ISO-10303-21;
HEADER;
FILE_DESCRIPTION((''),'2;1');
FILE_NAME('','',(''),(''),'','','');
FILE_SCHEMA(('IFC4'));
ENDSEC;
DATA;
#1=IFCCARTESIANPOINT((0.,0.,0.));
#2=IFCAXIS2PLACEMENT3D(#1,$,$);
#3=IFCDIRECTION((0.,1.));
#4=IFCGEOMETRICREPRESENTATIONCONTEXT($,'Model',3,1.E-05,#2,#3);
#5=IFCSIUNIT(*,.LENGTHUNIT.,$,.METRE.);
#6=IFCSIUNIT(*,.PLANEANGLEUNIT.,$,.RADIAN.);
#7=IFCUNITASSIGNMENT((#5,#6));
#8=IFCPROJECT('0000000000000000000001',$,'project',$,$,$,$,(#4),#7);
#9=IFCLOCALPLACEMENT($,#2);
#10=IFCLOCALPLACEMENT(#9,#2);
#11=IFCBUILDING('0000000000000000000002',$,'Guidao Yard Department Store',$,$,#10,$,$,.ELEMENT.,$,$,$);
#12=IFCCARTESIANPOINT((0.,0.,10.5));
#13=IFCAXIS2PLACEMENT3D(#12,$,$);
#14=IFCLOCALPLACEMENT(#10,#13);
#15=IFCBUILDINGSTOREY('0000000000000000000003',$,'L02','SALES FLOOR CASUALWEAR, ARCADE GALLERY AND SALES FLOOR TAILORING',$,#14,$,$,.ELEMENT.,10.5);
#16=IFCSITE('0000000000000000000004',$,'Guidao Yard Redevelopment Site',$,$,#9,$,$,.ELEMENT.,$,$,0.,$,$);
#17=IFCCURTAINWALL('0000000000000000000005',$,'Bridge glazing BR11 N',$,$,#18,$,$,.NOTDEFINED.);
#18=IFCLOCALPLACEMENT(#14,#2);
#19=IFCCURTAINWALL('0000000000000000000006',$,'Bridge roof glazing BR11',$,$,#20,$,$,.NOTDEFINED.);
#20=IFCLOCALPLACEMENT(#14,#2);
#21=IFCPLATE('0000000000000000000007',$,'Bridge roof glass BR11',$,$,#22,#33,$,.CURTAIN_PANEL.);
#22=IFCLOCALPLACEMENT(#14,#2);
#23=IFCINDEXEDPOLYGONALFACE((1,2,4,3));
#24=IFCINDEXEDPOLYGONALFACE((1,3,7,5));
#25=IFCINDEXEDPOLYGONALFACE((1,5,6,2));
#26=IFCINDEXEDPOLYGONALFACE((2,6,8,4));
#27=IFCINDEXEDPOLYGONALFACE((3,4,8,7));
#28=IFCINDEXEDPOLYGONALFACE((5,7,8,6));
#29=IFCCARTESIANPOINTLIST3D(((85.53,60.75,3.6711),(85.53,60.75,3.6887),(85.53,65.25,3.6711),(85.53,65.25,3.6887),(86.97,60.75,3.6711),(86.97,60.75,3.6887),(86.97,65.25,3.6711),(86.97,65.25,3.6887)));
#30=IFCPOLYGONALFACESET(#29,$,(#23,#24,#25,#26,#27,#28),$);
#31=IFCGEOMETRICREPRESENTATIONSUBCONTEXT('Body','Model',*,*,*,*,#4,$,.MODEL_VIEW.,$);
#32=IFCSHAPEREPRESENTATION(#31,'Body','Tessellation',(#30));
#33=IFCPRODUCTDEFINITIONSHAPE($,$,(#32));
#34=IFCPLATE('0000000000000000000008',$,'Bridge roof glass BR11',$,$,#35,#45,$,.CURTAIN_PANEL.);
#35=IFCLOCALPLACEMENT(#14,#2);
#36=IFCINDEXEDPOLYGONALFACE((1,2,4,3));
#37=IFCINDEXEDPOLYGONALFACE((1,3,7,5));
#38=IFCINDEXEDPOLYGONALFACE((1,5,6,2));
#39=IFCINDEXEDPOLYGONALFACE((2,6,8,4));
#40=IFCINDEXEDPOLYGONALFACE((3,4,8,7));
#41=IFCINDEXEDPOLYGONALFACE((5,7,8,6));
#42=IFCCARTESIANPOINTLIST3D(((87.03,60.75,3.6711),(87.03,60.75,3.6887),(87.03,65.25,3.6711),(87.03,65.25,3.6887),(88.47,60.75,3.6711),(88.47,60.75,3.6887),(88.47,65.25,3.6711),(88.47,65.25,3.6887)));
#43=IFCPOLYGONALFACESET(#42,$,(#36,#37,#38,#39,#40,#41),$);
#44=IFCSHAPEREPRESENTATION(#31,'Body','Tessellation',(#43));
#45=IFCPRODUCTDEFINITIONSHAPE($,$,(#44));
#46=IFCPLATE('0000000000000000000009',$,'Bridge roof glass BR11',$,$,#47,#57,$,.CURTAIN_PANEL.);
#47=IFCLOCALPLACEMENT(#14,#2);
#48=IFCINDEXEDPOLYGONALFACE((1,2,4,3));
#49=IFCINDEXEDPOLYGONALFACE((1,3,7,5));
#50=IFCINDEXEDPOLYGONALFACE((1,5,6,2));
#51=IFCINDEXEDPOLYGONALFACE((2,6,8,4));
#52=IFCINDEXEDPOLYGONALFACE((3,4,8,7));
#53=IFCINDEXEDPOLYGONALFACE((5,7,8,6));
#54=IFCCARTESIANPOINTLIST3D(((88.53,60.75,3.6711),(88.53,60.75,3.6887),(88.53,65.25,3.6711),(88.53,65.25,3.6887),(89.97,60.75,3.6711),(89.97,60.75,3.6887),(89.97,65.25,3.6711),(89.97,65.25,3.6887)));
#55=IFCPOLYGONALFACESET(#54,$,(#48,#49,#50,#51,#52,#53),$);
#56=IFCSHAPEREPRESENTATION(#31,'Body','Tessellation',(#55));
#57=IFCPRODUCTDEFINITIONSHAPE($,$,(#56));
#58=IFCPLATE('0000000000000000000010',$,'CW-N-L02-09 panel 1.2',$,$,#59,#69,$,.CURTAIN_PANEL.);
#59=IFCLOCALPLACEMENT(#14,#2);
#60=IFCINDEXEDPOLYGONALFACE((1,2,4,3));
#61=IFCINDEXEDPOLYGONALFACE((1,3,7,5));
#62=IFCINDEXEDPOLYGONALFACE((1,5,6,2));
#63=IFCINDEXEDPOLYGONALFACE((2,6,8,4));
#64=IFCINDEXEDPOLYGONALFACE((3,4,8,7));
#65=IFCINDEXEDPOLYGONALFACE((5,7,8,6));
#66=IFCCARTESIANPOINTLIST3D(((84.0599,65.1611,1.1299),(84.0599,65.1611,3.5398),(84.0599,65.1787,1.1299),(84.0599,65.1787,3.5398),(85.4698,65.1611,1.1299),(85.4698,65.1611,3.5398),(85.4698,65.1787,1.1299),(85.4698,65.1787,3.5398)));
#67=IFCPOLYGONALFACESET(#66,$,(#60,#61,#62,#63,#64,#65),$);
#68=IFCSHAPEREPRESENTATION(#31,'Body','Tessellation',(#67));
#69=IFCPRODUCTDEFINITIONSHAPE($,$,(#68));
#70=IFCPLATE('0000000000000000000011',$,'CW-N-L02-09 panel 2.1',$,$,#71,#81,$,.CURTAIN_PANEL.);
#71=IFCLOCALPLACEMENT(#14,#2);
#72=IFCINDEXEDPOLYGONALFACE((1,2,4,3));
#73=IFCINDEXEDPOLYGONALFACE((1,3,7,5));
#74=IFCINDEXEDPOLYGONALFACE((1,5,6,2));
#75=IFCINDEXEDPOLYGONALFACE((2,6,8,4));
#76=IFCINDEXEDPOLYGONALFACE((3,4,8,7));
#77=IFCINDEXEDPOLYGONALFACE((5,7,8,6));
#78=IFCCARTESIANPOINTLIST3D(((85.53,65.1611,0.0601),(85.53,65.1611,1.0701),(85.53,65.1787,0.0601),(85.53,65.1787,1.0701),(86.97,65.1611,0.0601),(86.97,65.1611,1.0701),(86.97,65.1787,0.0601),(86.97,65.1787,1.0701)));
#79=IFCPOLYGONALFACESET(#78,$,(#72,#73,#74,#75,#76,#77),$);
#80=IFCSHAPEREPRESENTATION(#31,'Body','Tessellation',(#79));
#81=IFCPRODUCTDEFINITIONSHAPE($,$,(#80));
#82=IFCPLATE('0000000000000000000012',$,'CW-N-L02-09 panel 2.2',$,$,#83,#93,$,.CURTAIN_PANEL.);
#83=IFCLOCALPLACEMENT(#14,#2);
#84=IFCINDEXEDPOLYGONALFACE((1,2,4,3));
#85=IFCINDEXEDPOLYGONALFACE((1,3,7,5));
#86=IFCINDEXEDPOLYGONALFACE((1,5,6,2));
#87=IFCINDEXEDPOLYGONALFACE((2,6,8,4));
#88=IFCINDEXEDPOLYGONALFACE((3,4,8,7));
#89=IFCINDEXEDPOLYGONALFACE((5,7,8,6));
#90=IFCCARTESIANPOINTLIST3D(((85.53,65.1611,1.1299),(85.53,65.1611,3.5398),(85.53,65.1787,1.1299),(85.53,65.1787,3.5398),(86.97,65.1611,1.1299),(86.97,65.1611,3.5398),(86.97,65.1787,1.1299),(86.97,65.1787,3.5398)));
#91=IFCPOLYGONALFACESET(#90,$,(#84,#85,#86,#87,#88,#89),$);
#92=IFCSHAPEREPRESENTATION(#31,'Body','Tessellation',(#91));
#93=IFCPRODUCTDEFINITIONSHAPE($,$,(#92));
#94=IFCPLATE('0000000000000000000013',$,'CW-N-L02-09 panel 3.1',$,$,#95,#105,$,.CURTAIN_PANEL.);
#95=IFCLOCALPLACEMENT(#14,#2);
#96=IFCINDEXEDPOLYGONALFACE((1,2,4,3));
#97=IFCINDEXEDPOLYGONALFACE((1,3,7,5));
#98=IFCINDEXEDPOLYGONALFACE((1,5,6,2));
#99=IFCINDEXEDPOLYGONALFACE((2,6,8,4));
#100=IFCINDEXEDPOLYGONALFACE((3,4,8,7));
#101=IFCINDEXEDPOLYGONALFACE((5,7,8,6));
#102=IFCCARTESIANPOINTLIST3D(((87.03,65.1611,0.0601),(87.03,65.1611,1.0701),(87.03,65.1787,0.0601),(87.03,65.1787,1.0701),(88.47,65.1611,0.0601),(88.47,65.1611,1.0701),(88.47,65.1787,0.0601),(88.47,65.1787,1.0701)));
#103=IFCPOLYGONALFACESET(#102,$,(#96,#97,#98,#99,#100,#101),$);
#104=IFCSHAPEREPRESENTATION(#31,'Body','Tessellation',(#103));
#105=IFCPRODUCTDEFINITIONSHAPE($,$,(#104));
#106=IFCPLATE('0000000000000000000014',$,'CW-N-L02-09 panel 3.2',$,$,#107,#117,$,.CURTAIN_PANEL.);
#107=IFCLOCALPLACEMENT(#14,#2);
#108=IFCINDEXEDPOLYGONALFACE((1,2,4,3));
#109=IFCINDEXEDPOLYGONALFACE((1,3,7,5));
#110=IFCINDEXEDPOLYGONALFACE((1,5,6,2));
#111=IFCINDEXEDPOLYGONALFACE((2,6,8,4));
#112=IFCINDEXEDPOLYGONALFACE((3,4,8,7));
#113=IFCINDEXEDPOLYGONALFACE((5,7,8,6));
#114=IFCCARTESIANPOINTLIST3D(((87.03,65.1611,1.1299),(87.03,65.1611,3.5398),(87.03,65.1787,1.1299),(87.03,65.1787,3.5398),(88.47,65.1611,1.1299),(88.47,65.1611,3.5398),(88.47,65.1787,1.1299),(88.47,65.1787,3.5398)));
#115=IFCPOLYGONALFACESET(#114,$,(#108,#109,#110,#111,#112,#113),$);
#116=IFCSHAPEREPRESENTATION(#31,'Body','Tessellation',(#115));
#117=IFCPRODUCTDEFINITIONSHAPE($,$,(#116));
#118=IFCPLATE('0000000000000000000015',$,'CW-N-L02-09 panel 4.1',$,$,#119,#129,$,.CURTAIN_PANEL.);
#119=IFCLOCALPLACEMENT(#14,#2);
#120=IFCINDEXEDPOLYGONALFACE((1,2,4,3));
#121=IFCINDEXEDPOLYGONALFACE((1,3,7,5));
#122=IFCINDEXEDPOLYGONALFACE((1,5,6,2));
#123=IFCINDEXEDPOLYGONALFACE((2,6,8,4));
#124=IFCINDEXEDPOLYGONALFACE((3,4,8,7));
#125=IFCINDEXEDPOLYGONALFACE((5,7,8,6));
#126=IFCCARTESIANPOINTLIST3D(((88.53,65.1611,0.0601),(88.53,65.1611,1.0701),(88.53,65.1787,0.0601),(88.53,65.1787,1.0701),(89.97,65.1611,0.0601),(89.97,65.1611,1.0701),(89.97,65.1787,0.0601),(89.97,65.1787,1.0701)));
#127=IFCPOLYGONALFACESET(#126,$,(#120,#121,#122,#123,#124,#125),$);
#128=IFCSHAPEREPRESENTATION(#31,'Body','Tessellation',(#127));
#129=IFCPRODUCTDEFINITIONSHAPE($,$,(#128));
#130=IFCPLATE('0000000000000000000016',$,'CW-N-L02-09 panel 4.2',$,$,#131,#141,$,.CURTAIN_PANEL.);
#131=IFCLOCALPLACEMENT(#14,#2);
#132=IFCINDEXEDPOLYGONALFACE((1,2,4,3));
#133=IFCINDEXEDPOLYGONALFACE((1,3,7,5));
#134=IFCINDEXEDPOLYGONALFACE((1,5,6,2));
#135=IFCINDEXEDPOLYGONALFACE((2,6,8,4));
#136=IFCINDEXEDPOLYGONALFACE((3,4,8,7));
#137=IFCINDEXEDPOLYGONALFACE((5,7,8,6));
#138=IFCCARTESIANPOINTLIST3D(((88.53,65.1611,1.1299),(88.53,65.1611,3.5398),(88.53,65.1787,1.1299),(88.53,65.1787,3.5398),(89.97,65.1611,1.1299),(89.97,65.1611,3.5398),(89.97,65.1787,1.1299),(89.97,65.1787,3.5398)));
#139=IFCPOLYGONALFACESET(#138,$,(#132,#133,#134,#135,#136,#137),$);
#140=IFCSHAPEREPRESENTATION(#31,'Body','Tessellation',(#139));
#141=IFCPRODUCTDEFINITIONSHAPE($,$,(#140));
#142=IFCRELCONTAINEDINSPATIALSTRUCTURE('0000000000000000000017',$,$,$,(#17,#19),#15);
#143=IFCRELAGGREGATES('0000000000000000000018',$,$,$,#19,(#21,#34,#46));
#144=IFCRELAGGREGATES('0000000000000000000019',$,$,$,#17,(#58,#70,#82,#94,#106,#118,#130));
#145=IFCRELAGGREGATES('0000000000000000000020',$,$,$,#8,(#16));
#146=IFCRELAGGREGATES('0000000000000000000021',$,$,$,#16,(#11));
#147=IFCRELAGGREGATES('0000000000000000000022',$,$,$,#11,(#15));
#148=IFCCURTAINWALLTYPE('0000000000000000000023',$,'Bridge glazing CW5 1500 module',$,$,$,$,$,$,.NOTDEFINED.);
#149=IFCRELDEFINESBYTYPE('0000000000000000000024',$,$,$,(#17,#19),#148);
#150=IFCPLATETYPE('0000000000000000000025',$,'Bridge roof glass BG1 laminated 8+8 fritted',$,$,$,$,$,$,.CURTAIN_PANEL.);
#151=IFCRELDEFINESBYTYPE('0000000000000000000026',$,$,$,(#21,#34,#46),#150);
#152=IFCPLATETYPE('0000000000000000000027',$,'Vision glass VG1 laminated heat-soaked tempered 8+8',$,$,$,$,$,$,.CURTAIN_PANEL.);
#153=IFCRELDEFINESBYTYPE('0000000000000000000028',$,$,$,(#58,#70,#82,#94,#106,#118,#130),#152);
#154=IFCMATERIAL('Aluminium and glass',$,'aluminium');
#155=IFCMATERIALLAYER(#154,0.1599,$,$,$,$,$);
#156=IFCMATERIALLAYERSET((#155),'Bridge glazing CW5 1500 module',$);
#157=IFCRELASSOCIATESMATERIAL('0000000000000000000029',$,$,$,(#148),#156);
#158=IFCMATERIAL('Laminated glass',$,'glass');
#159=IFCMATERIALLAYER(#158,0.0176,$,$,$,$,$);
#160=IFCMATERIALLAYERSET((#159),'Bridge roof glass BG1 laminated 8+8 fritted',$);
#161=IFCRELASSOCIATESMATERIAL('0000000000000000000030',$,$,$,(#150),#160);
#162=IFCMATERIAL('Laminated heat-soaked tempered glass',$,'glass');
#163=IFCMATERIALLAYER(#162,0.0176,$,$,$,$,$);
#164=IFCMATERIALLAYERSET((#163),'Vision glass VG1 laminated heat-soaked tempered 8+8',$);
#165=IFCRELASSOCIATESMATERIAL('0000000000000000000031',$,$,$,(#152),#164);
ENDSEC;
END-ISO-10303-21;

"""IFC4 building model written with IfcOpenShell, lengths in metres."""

from ifc_helpers import new_model, si_unit, direction, frame, origin, origin_2d, place, context, subcontext, project, spatial, rectangle, extrude, material, layer, layer_set, type_object, element, aggregate, save


model = new_model("IFC4")

# Units and contexts
model_context = context("Model", 3, precision=1e-05, world=origin(), true_north=direction((0.0, 1.0)))
body_context = subcontext(model_context, "Body", "Model", "MODEL_VIEW")
ifc_project = project(units=[si_unit("LENGTHUNIT", "METRE"), si_unit("PLANEANGLEUNIT", "RADIAN")], contexts=[model_context])

# Site, building, storey
site_placement = place(None, origin())
site = spatial("IfcSite", under=ifc_project, at=site_placement, Name="Guidao Yard Redevelopment Site", CompositionType="ELEMENT", RefElevation=0.0)
building_placement = place(site_placement, origin())
building = spatial("IfcBuilding", under=site, at=building_placement, Name="Guidao Yard Department Store", CompositionType="ELEMENT")
storey_placement = place(building_placement, frame((0.0, 0.0, 10.5)))
storey = spatial("IfcBuildingStorey", under=building, at=storey_placement, Name="L02", Description="SALES FLOOR CASUALWEAR, ARCADE GALLERY AND SALES FLOOR TAILORING", CompositionType="ELEMENT", Elevation=10.5)

# Curtain wall
ifc_material_1 = material(Name="Aluminium and glass", Category="aluminium")
ifc_layer_1 = layer(ifc_material_1, 0.1599)
ifc_layer_set_1 = layer_set([ifc_layer_1], Name="Bridge glazing CW5 1500 module")
curtain_wall_type = type_object("IfcCurtainWallType", Name="Bridge glazing CW5 1500 module", PredefinedType="NOTDEFINED", material=ifc_layer_set_1)
curtain_wall_1_placement = place(storey_placement, origin())
curtain_wall_1 = element("IfcCurtainWall", 1, at=curtain_wall_1_placement, inside=storey, type_object=curtain_wall_type, Name="Bridge glazing BR11 N", PredefinedType="NOTDEFINED")

# Curtain wall, plates
curtain_wall_2_placement = place(storey_placement, origin())
curtain_wall_2 = element("IfcCurtainWall", 2, at=curtain_wall_2_placement, inside=storey, type_object=curtain_wall_type, Name="Bridge roof glazing BR11", PredefinedType="NOTDEFINED")
ifc_material_2 = material(Name="Laminated glass", Category="glass")
ifc_layer_2 = layer(ifc_material_2, 0.0176)
ifc_layer_set_2 = layer_set([ifc_layer_2], Name="Bridge roof glass BG1 laminated 8+8 fritted")
plate_type_1 = type_object("IfcPlateType", Name="Bridge roof glass BG1 laminated 8+8 fritted", PredefinedType="CURTAIN_PANEL", material=ifc_layer_set_2)
plate_1_placement = place(storey_placement, frame((86.25, 63.0, 3.6711), z_axis=(0.0, 0.0, 1.0), x_axis=(1.0, 0.0, 0.0)))
plate_1 = element("IfcPlate", 3, at=plate_1_placement, type_object=plate_type_1, Name="Bridge roof glass BR11", PredefinedType="CURTAIN_PANEL", context=body_context, shape_type="SweptSolid", body=[
    extrude(rectangle(XDim=1.4399, YDim=4.5, at=origin_2d()), origin(), (0.0, 0.0, 1.0), 0.0176),
])
plate_2_placement = place(storey_placement, frame((87.75, 63.0, 3.6711), z_axis=(0.0, 0.0, 1.0), x_axis=(1.0, 0.0, 0.0)))
plate_2 = element("IfcPlate", 4, at=plate_2_placement, type_object=plate_type_1, Name="Bridge roof glass BR11", PredefinedType="CURTAIN_PANEL", context=body_context, shape_type="SweptSolid", body=[
    extrude(rectangle(XDim=1.4399, YDim=4.5, at=origin_2d()), origin(), (0.0, 0.0, 1.0), 0.0176),
])
plate_3_placement = place(storey_placement, frame((89.25, 63.0, 3.6711), z_axis=(0.0, 0.0, 1.0), x_axis=(1.0, 0.0, 0.0)))
plate_3 = element("IfcPlate", 5, at=plate_3_placement, type_object=plate_type_1, Name="Bridge roof glass BR11", PredefinedType="CURTAIN_PANEL", context=body_context, shape_type="SweptSolid", body=[
    extrude(rectangle(XDim=1.4399, YDim=4.5, at=origin_2d()), origin(), (0.0, 0.0, 1.0), 0.0176),
])
aggregate(curtain_wall_2, [plate_1, plate_2, plate_3])

# Plates
ifc_material_3 = material(Name="Laminated heat-soaked tempered glass", Category="glass")
ifc_layer_3 = layer(ifc_material_3, 0.0176)
ifc_layer_set_3 = layer_set([ifc_layer_3], Name="Vision glass VG1 laminated heat-soaked tempered 8+8")
plate_type_2 = type_object("IfcPlateType", Name="Vision glass VG1 laminated heat-soaked tempered 8+8", PredefinedType="CURTAIN_PANEL", material=ifc_layer_set_3)
plate_4_placement = place(storey_placement, frame((84.7649, 65.1699, 1.1299), z_axis=(0.0, 0.0, 1.0), x_axis=(1.0, 0.0, 0.0)))
plate_4 = element("IfcPlate", 6, at=plate_4_placement, type_object=plate_type_2, Name="CW-N-L02-09 panel 1.2", PredefinedType="CURTAIN_PANEL", context=body_context, shape_type="SweptSolid", body=[
    extrude(rectangle(XDim=1.4099, YDim=0.0176, at=origin_2d()), origin(), (0.0, 0.0, 1.0), 2.4099),
])
plate_5_placement = place(storey_placement, frame((86.25, 65.1699, 0.0601), z_axis=(0.0, 0.0, 1.0), x_axis=(1.0, 0.0, 0.0)))
plate_5 = element("IfcPlate", 7, at=plate_5_placement, type_object=plate_type_2, Name="CW-N-L02-09 panel 2.1", PredefinedType="CURTAIN_PANEL", context=body_context, shape_type="SweptSolid", body=[
    extrude(rectangle(XDim=1.4399, YDim=0.0176, at=origin_2d()), origin(), (0.0, 0.0, 1.0), 1.01),
])
plate_6_placement = place(storey_placement, frame((86.25, 65.1699, 1.1299), z_axis=(0.0, 0.0, 1.0), x_axis=(1.0, 0.0, 0.0)))
plate_6 = element("IfcPlate", 8, at=plate_6_placement, type_object=plate_type_2, Name="CW-N-L02-09 panel 2.2", PredefinedType="CURTAIN_PANEL", context=body_context, shape_type="SweptSolid", body=[
    extrude(rectangle(XDim=1.4399, YDim=0.0176, at=origin_2d()), origin(), (0.0, 0.0, 1.0), 2.4099),
])
plate_7_placement = place(storey_placement, frame((87.75, 65.1699, 0.0601), z_axis=(0.0, 0.0, 1.0), x_axis=(1.0, 0.0, 0.0)))
plate_7 = element("IfcPlate", 9, at=plate_7_placement, type_object=plate_type_2, Name="CW-N-L02-09 panel 3.1", PredefinedType="CURTAIN_PANEL", context=body_context, shape_type="SweptSolid", body=[
    extrude(rectangle(XDim=1.4399, YDim=0.0176, at=origin_2d()), origin(), (0.0, 0.0, 1.0), 1.01),
])
plate_8_placement = place(storey_placement, frame((87.75, 65.1699, 1.1299), z_axis=(0.0, 0.0, 1.0), x_axis=(1.0, 0.0, 0.0)))
plate_8 = element("IfcPlate", 10, at=plate_8_placement, type_object=plate_type_2, Name="CW-N-L02-09 panel 3.2", PredefinedType="CURTAIN_PANEL", context=body_context, shape_type="SweptSolid", body=[
    extrude(rectangle(XDim=1.4399, YDim=0.0176, at=origin_2d()), origin(), (0.0, 0.0, 1.0), 2.4099),
])
plate_9_placement = place(storey_placement, frame((89.25, 65.1699, 0.0601), z_axis=(0.0, 0.0, 1.0), x_axis=(1.0, 0.0, 0.0)))
plate_9 = element("IfcPlate", 11, at=plate_9_placement, type_object=plate_type_2, Name="CW-N-L02-09 panel 4.1", PredefinedType="CURTAIN_PANEL", context=body_context, shape_type="SweptSolid", body=[
    extrude(rectangle(XDim=1.4399, YDim=0.0176, at=origin_2d()), origin(), (0.0, 0.0, 1.0), 1.01),
])
plate_10_placement = place(storey_placement, frame((89.25, 65.1699, 1.1299), z_axis=(0.0, 0.0, 1.0), x_axis=(1.0, 0.0, 0.0)))
plate_10 = element("IfcPlate", 12, at=plate_10_placement, type_object=plate_type_2, Name="CW-N-L02-09 panel 4.2", PredefinedType="CURTAIN_PANEL", context=body_context, shape_type="SweptSolid", body=[
    extrude(rectangle(XDim=1.4399, YDim=0.0176, at=origin_2d()), origin(), (0.0, 0.0, 1.0), 2.4099),
])
aggregate(curtain_wall_1, [plate_4, plate_5, plate_6, plate_7, plate_8, plate_9, plate_10])

save(model, "model.ifc")
